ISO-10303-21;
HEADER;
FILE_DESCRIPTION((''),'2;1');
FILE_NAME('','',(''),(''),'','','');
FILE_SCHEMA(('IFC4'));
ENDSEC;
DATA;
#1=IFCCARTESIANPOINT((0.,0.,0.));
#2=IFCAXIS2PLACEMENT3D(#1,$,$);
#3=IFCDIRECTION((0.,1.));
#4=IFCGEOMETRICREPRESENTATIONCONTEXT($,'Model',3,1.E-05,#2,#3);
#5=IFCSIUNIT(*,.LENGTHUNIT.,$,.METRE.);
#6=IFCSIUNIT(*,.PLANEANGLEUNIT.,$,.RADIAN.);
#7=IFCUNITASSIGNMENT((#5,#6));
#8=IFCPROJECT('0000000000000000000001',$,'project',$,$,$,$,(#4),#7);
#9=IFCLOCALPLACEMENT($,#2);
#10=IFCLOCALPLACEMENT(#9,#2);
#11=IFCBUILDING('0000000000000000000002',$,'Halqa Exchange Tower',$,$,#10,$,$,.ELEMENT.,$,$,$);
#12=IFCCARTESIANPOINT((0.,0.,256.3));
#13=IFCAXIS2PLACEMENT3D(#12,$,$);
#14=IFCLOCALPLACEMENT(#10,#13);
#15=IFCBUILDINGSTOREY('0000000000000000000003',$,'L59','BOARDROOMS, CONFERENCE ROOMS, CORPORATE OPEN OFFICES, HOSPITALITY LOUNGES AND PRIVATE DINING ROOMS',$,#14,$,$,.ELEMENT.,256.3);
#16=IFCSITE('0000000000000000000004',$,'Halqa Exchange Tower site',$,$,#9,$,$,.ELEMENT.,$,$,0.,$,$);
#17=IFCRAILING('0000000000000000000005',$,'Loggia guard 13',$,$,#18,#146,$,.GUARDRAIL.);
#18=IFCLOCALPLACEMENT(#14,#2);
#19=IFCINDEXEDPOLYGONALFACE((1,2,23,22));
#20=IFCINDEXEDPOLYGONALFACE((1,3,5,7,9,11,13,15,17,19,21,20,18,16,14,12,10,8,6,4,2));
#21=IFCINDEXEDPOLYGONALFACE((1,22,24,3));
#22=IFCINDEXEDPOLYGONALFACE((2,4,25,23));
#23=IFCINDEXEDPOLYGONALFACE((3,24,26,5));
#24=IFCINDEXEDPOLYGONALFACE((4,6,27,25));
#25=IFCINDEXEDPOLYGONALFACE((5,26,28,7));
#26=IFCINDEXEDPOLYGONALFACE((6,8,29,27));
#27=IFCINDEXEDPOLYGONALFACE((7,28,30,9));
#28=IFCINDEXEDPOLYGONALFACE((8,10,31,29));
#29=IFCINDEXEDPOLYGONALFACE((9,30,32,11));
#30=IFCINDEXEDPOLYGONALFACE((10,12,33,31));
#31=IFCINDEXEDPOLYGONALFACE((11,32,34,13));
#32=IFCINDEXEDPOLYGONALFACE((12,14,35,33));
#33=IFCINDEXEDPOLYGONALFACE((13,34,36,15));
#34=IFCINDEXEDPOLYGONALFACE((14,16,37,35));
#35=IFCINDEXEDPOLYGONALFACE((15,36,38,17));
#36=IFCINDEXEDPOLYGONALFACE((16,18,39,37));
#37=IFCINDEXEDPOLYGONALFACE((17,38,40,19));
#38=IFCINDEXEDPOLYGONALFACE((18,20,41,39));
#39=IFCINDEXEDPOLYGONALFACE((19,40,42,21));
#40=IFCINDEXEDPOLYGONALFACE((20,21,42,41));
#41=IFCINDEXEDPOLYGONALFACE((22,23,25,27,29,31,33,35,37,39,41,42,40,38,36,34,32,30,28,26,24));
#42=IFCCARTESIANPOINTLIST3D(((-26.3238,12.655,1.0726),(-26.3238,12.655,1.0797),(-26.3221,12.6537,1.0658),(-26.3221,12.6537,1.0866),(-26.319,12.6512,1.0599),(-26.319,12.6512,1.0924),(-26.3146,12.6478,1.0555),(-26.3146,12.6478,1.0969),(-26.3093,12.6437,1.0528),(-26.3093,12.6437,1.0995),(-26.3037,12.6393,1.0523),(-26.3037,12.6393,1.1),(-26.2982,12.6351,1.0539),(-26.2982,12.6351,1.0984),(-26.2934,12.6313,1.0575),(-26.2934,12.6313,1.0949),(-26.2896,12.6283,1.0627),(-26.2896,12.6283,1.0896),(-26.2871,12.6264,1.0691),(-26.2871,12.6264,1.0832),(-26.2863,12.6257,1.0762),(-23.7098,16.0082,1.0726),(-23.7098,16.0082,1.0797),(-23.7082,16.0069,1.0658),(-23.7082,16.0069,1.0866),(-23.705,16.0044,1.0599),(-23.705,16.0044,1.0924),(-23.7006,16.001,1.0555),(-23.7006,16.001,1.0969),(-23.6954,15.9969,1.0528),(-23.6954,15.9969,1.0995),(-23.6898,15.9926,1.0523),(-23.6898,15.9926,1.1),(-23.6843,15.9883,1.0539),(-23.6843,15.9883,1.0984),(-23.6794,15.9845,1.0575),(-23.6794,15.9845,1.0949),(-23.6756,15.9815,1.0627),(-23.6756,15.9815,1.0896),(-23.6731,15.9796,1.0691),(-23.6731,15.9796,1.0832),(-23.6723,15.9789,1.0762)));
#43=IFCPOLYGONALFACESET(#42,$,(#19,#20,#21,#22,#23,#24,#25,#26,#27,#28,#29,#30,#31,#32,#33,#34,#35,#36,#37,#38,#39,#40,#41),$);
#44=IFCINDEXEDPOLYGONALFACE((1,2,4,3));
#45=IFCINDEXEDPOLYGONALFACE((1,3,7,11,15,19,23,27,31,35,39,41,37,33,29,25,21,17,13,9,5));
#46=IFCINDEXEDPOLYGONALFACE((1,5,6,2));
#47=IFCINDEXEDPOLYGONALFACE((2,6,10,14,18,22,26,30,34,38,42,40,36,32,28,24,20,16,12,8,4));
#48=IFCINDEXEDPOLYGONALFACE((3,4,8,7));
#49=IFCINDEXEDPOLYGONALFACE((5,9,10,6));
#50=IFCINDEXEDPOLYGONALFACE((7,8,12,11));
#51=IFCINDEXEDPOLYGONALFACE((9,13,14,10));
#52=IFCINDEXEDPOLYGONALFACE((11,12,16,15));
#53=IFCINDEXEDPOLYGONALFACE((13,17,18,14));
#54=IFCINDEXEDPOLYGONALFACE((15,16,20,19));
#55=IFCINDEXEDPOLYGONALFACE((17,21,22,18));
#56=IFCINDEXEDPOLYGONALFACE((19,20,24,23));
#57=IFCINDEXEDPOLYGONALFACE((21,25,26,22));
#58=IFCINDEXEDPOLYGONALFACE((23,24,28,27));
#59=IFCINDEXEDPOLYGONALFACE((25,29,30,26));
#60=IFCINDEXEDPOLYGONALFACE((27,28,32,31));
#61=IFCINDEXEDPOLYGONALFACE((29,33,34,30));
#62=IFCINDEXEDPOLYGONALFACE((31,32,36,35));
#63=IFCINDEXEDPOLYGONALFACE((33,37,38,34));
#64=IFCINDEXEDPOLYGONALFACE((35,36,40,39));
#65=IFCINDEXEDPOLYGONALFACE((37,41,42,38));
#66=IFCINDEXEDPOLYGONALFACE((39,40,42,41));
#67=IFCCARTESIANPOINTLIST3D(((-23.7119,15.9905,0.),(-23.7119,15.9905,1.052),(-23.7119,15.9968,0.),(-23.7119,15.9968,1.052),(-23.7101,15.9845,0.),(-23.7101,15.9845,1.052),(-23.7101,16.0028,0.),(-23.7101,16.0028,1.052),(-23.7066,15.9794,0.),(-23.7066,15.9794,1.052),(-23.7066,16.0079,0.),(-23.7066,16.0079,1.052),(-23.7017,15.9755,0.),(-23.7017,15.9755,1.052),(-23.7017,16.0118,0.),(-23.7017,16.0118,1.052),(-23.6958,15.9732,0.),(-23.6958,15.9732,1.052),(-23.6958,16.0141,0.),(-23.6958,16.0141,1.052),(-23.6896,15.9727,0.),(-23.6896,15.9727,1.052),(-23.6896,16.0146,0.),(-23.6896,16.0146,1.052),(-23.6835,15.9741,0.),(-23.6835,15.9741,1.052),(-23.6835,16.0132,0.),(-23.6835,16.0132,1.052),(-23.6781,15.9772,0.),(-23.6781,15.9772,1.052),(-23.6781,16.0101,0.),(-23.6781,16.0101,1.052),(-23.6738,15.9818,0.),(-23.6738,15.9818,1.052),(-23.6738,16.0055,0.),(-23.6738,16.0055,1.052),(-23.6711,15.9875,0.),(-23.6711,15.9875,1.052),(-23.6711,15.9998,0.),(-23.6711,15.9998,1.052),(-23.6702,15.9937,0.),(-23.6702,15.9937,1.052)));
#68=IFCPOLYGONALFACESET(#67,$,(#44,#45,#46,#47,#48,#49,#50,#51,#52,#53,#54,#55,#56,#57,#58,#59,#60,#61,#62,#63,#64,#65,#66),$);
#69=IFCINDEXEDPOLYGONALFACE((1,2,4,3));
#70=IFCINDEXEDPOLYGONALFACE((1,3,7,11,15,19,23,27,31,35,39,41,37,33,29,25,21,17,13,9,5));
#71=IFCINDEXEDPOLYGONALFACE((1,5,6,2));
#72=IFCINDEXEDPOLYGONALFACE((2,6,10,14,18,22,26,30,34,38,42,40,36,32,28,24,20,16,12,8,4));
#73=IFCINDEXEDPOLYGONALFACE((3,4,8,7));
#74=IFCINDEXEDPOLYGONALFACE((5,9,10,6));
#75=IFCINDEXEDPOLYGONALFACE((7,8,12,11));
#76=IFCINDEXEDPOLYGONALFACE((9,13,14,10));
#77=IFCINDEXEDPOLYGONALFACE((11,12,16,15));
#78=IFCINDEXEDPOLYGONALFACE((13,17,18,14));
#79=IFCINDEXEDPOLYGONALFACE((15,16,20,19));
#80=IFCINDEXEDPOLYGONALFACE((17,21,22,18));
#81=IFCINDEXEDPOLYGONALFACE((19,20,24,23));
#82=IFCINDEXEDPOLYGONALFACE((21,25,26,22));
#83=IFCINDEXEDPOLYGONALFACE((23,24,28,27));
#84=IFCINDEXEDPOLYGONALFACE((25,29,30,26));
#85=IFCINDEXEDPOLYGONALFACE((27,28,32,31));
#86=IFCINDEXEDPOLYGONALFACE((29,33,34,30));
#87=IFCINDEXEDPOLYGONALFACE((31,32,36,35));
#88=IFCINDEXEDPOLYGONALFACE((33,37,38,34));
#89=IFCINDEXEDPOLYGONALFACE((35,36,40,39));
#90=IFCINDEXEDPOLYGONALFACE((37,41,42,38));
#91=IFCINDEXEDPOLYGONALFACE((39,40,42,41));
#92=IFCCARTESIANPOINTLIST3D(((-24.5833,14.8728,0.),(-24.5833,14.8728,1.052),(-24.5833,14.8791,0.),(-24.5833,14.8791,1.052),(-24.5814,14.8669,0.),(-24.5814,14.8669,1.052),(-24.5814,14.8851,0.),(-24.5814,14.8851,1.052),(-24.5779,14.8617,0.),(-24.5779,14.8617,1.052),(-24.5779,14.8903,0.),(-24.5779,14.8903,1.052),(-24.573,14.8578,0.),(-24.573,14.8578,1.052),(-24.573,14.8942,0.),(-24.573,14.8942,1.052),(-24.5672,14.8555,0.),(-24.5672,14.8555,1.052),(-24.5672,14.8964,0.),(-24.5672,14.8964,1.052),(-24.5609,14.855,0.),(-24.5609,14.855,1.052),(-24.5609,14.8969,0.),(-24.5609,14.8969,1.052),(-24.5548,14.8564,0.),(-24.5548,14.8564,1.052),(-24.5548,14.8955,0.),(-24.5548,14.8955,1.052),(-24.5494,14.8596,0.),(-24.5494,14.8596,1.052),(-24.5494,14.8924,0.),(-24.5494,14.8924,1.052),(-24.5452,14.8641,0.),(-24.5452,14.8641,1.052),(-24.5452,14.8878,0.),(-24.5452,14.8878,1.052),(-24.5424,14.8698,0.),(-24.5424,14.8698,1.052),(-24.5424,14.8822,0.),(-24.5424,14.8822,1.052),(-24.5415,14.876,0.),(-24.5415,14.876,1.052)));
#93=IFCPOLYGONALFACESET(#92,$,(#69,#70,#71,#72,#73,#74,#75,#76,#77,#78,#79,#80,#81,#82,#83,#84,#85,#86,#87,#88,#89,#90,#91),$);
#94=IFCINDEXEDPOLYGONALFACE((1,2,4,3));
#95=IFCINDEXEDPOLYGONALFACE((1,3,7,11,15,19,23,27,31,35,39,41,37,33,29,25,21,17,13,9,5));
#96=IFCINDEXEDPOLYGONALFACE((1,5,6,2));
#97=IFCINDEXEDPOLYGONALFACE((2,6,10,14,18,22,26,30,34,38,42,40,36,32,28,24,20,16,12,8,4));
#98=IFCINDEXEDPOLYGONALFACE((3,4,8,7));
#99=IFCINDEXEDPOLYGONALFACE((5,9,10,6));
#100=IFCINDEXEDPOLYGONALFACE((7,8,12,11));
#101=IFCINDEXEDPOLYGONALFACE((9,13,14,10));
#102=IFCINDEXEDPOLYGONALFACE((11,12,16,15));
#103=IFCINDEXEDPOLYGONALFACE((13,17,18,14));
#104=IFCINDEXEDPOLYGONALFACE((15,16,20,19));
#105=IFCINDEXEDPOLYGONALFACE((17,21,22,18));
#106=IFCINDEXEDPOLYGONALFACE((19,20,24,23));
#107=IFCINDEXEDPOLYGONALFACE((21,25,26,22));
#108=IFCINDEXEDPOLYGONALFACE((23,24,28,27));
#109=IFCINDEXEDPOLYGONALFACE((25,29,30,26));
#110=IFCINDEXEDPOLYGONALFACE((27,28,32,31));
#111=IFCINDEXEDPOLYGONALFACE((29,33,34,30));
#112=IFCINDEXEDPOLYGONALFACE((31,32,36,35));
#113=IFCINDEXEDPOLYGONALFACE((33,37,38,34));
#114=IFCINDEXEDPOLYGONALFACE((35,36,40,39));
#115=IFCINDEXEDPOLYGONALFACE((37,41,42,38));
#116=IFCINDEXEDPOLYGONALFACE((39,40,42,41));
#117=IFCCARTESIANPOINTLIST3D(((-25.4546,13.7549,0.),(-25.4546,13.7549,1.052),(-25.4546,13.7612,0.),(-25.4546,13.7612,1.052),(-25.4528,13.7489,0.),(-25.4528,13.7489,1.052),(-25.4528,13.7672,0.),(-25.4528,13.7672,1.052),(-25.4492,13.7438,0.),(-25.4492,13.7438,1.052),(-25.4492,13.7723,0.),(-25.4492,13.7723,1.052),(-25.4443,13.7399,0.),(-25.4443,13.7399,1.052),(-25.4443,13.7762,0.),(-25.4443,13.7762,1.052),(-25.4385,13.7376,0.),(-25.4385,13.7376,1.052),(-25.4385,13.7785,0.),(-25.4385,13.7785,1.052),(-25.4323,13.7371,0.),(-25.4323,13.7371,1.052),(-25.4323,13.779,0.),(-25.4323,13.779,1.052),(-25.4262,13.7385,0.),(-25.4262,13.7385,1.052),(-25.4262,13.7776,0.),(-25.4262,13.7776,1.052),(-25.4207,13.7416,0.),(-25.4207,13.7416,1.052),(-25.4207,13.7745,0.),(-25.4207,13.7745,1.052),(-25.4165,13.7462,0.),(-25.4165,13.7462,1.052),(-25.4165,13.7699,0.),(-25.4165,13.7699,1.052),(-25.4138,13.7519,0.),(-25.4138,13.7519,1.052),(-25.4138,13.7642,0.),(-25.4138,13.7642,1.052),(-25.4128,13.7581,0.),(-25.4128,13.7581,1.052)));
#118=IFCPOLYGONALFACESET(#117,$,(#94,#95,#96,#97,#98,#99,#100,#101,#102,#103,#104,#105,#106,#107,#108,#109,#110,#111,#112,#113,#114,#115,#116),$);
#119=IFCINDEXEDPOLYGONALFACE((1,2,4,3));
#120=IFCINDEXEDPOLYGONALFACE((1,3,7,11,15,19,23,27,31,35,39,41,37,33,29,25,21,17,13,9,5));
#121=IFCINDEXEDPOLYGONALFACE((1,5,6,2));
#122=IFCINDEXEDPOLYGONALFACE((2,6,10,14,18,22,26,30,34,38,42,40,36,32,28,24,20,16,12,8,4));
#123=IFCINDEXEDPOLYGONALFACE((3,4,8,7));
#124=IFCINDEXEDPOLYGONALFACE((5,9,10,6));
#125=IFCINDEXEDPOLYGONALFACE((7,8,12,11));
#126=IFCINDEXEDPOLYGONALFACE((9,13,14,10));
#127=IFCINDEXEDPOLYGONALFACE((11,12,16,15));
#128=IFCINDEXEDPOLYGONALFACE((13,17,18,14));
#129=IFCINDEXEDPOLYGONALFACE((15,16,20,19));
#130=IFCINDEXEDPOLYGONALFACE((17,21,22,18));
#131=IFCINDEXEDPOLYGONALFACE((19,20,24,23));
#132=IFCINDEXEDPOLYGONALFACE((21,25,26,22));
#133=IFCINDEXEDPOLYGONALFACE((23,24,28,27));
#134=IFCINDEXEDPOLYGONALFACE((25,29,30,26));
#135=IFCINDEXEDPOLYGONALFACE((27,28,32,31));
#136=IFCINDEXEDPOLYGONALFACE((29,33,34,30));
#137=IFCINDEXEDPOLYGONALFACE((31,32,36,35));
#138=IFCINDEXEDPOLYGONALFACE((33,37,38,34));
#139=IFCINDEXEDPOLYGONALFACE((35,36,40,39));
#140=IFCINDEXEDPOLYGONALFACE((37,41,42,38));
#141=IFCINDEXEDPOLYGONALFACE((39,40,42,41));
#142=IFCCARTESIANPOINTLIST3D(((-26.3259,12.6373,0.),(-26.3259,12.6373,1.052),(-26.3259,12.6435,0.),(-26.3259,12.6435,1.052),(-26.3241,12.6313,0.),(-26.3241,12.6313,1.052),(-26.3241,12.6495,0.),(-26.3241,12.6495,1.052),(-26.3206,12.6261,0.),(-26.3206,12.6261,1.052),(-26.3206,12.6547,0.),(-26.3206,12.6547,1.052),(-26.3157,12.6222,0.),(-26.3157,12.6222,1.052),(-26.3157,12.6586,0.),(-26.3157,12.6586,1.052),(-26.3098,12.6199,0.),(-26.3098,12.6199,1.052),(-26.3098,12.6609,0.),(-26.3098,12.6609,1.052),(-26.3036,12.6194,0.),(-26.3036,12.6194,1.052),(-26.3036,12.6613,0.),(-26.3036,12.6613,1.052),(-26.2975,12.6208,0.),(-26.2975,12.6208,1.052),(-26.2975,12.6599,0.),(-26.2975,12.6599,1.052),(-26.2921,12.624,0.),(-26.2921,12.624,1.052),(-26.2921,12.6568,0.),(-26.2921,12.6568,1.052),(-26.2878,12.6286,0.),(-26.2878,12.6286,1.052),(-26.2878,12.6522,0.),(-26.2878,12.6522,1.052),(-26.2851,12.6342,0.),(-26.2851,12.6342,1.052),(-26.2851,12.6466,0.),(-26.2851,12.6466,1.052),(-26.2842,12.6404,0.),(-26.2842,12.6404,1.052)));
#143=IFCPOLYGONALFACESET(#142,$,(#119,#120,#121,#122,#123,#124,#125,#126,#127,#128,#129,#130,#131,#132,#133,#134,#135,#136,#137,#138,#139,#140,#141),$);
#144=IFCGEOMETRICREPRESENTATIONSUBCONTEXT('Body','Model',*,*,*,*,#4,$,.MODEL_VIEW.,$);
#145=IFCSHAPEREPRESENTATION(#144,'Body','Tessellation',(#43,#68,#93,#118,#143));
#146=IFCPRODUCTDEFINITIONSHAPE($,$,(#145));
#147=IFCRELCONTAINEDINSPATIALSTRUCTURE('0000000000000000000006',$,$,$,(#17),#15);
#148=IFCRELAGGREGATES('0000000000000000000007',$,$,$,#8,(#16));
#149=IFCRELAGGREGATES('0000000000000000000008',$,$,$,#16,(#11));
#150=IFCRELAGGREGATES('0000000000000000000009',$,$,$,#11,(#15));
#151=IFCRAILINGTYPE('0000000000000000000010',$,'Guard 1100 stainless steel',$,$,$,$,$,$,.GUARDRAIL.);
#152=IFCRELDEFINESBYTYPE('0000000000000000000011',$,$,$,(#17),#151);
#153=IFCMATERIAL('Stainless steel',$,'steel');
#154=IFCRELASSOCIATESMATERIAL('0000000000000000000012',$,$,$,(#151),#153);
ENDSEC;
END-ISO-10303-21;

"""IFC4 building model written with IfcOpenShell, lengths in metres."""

from ifc_helpers import new_model, si_unit, direction, frame, origin, origin_2d, place, context, subcontext, project, spatial, circle, extrude, material, type_object, element, save


model = new_model("IFC4")

# Units and contexts
model_context = context("Model", 3, precision=1e-05, world=origin(), true_north=direction((0.0, 1.0)))
body_context = subcontext(model_context, "Body", "Model", "MODEL_VIEW")
ifc_project = project(units=[si_unit("LENGTHUNIT", "METRE"), si_unit("PLANEANGLEUNIT", "RADIAN")], contexts=[model_context])

# Site, building, storey
site_placement = place(None, origin())
site = spatial("IfcSite", under=ifc_project, at=site_placement, Name="Halqa Exchange Tower site", CompositionType="ELEMENT", RefElevation=0.0)
building_placement = place(site_placement, origin())
building = spatial("IfcBuilding", under=site, at=building_placement, Name="Halqa Exchange Tower", CompositionType="ELEMENT")
storey_placement = place(building_placement, frame((0.0, 0.0, 256.3)))
storey = spatial("IfcBuildingStorey", under=building, at=storey_placement, Name="L59", Description="BOARDROOMS, CONFERENCE ROOMS, CORPORATE OPEN OFFICES, HOSPITALITY LOUNGES AND PRIVATE DINING ROOMS", CompositionType="ELEMENT", Elevation=256.3)

# Railing
ifc_material_1 = material(Name="Stainless steel", Category="steel")
railing_type = type_object("IfcRailingType", Name="Guard 1100 stainless steel", PredefinedType="GUARDRAIL", material=ifc_material_1)
railing_1_placement = place(storey_placement, frame((-23.6912, 15.9937, 0.0)))
element("IfcRailing", 1, at=railing_1_placement, inside=storey, type_object=railing_type, Name="Loggia guard 13", PredefinedType="GUARDRAIL", context=body_context, shape_type="SweptSolid", body=[
    extrude(circle(Radius=0.0239, at=origin_2d()), frame((0.0, 0.0, 1.0762), z_axis=(-0.614807, -0.788678, 0.0), x_axis=(0.788678, -0.614807, 0.0)), (0.0, 0.0, 1.0), 4.2517),
    extrude(circle(Radius=0.021, at=origin_2d()), origin(), (0.0, 0.0, 1.0), 1.052),
    extrude(circle(Radius=0.021, at=origin_2d()), frame((-0.8713, -1.1177, 0.0)), (0.0, 0.0, 1.0), 1.052),
    extrude(circle(Radius=0.021, at=origin_2d()), frame((-1.7427, -2.2356, 0.0)), (0.0, 0.0, 1.0), 1.052),
    extrude(circle(Radius=0.021, at=origin_2d()), frame((-2.614, -3.3533, 0.0)), (0.0, 0.0, 1.0), 1.052),
])

save(model, "model.ifc")
